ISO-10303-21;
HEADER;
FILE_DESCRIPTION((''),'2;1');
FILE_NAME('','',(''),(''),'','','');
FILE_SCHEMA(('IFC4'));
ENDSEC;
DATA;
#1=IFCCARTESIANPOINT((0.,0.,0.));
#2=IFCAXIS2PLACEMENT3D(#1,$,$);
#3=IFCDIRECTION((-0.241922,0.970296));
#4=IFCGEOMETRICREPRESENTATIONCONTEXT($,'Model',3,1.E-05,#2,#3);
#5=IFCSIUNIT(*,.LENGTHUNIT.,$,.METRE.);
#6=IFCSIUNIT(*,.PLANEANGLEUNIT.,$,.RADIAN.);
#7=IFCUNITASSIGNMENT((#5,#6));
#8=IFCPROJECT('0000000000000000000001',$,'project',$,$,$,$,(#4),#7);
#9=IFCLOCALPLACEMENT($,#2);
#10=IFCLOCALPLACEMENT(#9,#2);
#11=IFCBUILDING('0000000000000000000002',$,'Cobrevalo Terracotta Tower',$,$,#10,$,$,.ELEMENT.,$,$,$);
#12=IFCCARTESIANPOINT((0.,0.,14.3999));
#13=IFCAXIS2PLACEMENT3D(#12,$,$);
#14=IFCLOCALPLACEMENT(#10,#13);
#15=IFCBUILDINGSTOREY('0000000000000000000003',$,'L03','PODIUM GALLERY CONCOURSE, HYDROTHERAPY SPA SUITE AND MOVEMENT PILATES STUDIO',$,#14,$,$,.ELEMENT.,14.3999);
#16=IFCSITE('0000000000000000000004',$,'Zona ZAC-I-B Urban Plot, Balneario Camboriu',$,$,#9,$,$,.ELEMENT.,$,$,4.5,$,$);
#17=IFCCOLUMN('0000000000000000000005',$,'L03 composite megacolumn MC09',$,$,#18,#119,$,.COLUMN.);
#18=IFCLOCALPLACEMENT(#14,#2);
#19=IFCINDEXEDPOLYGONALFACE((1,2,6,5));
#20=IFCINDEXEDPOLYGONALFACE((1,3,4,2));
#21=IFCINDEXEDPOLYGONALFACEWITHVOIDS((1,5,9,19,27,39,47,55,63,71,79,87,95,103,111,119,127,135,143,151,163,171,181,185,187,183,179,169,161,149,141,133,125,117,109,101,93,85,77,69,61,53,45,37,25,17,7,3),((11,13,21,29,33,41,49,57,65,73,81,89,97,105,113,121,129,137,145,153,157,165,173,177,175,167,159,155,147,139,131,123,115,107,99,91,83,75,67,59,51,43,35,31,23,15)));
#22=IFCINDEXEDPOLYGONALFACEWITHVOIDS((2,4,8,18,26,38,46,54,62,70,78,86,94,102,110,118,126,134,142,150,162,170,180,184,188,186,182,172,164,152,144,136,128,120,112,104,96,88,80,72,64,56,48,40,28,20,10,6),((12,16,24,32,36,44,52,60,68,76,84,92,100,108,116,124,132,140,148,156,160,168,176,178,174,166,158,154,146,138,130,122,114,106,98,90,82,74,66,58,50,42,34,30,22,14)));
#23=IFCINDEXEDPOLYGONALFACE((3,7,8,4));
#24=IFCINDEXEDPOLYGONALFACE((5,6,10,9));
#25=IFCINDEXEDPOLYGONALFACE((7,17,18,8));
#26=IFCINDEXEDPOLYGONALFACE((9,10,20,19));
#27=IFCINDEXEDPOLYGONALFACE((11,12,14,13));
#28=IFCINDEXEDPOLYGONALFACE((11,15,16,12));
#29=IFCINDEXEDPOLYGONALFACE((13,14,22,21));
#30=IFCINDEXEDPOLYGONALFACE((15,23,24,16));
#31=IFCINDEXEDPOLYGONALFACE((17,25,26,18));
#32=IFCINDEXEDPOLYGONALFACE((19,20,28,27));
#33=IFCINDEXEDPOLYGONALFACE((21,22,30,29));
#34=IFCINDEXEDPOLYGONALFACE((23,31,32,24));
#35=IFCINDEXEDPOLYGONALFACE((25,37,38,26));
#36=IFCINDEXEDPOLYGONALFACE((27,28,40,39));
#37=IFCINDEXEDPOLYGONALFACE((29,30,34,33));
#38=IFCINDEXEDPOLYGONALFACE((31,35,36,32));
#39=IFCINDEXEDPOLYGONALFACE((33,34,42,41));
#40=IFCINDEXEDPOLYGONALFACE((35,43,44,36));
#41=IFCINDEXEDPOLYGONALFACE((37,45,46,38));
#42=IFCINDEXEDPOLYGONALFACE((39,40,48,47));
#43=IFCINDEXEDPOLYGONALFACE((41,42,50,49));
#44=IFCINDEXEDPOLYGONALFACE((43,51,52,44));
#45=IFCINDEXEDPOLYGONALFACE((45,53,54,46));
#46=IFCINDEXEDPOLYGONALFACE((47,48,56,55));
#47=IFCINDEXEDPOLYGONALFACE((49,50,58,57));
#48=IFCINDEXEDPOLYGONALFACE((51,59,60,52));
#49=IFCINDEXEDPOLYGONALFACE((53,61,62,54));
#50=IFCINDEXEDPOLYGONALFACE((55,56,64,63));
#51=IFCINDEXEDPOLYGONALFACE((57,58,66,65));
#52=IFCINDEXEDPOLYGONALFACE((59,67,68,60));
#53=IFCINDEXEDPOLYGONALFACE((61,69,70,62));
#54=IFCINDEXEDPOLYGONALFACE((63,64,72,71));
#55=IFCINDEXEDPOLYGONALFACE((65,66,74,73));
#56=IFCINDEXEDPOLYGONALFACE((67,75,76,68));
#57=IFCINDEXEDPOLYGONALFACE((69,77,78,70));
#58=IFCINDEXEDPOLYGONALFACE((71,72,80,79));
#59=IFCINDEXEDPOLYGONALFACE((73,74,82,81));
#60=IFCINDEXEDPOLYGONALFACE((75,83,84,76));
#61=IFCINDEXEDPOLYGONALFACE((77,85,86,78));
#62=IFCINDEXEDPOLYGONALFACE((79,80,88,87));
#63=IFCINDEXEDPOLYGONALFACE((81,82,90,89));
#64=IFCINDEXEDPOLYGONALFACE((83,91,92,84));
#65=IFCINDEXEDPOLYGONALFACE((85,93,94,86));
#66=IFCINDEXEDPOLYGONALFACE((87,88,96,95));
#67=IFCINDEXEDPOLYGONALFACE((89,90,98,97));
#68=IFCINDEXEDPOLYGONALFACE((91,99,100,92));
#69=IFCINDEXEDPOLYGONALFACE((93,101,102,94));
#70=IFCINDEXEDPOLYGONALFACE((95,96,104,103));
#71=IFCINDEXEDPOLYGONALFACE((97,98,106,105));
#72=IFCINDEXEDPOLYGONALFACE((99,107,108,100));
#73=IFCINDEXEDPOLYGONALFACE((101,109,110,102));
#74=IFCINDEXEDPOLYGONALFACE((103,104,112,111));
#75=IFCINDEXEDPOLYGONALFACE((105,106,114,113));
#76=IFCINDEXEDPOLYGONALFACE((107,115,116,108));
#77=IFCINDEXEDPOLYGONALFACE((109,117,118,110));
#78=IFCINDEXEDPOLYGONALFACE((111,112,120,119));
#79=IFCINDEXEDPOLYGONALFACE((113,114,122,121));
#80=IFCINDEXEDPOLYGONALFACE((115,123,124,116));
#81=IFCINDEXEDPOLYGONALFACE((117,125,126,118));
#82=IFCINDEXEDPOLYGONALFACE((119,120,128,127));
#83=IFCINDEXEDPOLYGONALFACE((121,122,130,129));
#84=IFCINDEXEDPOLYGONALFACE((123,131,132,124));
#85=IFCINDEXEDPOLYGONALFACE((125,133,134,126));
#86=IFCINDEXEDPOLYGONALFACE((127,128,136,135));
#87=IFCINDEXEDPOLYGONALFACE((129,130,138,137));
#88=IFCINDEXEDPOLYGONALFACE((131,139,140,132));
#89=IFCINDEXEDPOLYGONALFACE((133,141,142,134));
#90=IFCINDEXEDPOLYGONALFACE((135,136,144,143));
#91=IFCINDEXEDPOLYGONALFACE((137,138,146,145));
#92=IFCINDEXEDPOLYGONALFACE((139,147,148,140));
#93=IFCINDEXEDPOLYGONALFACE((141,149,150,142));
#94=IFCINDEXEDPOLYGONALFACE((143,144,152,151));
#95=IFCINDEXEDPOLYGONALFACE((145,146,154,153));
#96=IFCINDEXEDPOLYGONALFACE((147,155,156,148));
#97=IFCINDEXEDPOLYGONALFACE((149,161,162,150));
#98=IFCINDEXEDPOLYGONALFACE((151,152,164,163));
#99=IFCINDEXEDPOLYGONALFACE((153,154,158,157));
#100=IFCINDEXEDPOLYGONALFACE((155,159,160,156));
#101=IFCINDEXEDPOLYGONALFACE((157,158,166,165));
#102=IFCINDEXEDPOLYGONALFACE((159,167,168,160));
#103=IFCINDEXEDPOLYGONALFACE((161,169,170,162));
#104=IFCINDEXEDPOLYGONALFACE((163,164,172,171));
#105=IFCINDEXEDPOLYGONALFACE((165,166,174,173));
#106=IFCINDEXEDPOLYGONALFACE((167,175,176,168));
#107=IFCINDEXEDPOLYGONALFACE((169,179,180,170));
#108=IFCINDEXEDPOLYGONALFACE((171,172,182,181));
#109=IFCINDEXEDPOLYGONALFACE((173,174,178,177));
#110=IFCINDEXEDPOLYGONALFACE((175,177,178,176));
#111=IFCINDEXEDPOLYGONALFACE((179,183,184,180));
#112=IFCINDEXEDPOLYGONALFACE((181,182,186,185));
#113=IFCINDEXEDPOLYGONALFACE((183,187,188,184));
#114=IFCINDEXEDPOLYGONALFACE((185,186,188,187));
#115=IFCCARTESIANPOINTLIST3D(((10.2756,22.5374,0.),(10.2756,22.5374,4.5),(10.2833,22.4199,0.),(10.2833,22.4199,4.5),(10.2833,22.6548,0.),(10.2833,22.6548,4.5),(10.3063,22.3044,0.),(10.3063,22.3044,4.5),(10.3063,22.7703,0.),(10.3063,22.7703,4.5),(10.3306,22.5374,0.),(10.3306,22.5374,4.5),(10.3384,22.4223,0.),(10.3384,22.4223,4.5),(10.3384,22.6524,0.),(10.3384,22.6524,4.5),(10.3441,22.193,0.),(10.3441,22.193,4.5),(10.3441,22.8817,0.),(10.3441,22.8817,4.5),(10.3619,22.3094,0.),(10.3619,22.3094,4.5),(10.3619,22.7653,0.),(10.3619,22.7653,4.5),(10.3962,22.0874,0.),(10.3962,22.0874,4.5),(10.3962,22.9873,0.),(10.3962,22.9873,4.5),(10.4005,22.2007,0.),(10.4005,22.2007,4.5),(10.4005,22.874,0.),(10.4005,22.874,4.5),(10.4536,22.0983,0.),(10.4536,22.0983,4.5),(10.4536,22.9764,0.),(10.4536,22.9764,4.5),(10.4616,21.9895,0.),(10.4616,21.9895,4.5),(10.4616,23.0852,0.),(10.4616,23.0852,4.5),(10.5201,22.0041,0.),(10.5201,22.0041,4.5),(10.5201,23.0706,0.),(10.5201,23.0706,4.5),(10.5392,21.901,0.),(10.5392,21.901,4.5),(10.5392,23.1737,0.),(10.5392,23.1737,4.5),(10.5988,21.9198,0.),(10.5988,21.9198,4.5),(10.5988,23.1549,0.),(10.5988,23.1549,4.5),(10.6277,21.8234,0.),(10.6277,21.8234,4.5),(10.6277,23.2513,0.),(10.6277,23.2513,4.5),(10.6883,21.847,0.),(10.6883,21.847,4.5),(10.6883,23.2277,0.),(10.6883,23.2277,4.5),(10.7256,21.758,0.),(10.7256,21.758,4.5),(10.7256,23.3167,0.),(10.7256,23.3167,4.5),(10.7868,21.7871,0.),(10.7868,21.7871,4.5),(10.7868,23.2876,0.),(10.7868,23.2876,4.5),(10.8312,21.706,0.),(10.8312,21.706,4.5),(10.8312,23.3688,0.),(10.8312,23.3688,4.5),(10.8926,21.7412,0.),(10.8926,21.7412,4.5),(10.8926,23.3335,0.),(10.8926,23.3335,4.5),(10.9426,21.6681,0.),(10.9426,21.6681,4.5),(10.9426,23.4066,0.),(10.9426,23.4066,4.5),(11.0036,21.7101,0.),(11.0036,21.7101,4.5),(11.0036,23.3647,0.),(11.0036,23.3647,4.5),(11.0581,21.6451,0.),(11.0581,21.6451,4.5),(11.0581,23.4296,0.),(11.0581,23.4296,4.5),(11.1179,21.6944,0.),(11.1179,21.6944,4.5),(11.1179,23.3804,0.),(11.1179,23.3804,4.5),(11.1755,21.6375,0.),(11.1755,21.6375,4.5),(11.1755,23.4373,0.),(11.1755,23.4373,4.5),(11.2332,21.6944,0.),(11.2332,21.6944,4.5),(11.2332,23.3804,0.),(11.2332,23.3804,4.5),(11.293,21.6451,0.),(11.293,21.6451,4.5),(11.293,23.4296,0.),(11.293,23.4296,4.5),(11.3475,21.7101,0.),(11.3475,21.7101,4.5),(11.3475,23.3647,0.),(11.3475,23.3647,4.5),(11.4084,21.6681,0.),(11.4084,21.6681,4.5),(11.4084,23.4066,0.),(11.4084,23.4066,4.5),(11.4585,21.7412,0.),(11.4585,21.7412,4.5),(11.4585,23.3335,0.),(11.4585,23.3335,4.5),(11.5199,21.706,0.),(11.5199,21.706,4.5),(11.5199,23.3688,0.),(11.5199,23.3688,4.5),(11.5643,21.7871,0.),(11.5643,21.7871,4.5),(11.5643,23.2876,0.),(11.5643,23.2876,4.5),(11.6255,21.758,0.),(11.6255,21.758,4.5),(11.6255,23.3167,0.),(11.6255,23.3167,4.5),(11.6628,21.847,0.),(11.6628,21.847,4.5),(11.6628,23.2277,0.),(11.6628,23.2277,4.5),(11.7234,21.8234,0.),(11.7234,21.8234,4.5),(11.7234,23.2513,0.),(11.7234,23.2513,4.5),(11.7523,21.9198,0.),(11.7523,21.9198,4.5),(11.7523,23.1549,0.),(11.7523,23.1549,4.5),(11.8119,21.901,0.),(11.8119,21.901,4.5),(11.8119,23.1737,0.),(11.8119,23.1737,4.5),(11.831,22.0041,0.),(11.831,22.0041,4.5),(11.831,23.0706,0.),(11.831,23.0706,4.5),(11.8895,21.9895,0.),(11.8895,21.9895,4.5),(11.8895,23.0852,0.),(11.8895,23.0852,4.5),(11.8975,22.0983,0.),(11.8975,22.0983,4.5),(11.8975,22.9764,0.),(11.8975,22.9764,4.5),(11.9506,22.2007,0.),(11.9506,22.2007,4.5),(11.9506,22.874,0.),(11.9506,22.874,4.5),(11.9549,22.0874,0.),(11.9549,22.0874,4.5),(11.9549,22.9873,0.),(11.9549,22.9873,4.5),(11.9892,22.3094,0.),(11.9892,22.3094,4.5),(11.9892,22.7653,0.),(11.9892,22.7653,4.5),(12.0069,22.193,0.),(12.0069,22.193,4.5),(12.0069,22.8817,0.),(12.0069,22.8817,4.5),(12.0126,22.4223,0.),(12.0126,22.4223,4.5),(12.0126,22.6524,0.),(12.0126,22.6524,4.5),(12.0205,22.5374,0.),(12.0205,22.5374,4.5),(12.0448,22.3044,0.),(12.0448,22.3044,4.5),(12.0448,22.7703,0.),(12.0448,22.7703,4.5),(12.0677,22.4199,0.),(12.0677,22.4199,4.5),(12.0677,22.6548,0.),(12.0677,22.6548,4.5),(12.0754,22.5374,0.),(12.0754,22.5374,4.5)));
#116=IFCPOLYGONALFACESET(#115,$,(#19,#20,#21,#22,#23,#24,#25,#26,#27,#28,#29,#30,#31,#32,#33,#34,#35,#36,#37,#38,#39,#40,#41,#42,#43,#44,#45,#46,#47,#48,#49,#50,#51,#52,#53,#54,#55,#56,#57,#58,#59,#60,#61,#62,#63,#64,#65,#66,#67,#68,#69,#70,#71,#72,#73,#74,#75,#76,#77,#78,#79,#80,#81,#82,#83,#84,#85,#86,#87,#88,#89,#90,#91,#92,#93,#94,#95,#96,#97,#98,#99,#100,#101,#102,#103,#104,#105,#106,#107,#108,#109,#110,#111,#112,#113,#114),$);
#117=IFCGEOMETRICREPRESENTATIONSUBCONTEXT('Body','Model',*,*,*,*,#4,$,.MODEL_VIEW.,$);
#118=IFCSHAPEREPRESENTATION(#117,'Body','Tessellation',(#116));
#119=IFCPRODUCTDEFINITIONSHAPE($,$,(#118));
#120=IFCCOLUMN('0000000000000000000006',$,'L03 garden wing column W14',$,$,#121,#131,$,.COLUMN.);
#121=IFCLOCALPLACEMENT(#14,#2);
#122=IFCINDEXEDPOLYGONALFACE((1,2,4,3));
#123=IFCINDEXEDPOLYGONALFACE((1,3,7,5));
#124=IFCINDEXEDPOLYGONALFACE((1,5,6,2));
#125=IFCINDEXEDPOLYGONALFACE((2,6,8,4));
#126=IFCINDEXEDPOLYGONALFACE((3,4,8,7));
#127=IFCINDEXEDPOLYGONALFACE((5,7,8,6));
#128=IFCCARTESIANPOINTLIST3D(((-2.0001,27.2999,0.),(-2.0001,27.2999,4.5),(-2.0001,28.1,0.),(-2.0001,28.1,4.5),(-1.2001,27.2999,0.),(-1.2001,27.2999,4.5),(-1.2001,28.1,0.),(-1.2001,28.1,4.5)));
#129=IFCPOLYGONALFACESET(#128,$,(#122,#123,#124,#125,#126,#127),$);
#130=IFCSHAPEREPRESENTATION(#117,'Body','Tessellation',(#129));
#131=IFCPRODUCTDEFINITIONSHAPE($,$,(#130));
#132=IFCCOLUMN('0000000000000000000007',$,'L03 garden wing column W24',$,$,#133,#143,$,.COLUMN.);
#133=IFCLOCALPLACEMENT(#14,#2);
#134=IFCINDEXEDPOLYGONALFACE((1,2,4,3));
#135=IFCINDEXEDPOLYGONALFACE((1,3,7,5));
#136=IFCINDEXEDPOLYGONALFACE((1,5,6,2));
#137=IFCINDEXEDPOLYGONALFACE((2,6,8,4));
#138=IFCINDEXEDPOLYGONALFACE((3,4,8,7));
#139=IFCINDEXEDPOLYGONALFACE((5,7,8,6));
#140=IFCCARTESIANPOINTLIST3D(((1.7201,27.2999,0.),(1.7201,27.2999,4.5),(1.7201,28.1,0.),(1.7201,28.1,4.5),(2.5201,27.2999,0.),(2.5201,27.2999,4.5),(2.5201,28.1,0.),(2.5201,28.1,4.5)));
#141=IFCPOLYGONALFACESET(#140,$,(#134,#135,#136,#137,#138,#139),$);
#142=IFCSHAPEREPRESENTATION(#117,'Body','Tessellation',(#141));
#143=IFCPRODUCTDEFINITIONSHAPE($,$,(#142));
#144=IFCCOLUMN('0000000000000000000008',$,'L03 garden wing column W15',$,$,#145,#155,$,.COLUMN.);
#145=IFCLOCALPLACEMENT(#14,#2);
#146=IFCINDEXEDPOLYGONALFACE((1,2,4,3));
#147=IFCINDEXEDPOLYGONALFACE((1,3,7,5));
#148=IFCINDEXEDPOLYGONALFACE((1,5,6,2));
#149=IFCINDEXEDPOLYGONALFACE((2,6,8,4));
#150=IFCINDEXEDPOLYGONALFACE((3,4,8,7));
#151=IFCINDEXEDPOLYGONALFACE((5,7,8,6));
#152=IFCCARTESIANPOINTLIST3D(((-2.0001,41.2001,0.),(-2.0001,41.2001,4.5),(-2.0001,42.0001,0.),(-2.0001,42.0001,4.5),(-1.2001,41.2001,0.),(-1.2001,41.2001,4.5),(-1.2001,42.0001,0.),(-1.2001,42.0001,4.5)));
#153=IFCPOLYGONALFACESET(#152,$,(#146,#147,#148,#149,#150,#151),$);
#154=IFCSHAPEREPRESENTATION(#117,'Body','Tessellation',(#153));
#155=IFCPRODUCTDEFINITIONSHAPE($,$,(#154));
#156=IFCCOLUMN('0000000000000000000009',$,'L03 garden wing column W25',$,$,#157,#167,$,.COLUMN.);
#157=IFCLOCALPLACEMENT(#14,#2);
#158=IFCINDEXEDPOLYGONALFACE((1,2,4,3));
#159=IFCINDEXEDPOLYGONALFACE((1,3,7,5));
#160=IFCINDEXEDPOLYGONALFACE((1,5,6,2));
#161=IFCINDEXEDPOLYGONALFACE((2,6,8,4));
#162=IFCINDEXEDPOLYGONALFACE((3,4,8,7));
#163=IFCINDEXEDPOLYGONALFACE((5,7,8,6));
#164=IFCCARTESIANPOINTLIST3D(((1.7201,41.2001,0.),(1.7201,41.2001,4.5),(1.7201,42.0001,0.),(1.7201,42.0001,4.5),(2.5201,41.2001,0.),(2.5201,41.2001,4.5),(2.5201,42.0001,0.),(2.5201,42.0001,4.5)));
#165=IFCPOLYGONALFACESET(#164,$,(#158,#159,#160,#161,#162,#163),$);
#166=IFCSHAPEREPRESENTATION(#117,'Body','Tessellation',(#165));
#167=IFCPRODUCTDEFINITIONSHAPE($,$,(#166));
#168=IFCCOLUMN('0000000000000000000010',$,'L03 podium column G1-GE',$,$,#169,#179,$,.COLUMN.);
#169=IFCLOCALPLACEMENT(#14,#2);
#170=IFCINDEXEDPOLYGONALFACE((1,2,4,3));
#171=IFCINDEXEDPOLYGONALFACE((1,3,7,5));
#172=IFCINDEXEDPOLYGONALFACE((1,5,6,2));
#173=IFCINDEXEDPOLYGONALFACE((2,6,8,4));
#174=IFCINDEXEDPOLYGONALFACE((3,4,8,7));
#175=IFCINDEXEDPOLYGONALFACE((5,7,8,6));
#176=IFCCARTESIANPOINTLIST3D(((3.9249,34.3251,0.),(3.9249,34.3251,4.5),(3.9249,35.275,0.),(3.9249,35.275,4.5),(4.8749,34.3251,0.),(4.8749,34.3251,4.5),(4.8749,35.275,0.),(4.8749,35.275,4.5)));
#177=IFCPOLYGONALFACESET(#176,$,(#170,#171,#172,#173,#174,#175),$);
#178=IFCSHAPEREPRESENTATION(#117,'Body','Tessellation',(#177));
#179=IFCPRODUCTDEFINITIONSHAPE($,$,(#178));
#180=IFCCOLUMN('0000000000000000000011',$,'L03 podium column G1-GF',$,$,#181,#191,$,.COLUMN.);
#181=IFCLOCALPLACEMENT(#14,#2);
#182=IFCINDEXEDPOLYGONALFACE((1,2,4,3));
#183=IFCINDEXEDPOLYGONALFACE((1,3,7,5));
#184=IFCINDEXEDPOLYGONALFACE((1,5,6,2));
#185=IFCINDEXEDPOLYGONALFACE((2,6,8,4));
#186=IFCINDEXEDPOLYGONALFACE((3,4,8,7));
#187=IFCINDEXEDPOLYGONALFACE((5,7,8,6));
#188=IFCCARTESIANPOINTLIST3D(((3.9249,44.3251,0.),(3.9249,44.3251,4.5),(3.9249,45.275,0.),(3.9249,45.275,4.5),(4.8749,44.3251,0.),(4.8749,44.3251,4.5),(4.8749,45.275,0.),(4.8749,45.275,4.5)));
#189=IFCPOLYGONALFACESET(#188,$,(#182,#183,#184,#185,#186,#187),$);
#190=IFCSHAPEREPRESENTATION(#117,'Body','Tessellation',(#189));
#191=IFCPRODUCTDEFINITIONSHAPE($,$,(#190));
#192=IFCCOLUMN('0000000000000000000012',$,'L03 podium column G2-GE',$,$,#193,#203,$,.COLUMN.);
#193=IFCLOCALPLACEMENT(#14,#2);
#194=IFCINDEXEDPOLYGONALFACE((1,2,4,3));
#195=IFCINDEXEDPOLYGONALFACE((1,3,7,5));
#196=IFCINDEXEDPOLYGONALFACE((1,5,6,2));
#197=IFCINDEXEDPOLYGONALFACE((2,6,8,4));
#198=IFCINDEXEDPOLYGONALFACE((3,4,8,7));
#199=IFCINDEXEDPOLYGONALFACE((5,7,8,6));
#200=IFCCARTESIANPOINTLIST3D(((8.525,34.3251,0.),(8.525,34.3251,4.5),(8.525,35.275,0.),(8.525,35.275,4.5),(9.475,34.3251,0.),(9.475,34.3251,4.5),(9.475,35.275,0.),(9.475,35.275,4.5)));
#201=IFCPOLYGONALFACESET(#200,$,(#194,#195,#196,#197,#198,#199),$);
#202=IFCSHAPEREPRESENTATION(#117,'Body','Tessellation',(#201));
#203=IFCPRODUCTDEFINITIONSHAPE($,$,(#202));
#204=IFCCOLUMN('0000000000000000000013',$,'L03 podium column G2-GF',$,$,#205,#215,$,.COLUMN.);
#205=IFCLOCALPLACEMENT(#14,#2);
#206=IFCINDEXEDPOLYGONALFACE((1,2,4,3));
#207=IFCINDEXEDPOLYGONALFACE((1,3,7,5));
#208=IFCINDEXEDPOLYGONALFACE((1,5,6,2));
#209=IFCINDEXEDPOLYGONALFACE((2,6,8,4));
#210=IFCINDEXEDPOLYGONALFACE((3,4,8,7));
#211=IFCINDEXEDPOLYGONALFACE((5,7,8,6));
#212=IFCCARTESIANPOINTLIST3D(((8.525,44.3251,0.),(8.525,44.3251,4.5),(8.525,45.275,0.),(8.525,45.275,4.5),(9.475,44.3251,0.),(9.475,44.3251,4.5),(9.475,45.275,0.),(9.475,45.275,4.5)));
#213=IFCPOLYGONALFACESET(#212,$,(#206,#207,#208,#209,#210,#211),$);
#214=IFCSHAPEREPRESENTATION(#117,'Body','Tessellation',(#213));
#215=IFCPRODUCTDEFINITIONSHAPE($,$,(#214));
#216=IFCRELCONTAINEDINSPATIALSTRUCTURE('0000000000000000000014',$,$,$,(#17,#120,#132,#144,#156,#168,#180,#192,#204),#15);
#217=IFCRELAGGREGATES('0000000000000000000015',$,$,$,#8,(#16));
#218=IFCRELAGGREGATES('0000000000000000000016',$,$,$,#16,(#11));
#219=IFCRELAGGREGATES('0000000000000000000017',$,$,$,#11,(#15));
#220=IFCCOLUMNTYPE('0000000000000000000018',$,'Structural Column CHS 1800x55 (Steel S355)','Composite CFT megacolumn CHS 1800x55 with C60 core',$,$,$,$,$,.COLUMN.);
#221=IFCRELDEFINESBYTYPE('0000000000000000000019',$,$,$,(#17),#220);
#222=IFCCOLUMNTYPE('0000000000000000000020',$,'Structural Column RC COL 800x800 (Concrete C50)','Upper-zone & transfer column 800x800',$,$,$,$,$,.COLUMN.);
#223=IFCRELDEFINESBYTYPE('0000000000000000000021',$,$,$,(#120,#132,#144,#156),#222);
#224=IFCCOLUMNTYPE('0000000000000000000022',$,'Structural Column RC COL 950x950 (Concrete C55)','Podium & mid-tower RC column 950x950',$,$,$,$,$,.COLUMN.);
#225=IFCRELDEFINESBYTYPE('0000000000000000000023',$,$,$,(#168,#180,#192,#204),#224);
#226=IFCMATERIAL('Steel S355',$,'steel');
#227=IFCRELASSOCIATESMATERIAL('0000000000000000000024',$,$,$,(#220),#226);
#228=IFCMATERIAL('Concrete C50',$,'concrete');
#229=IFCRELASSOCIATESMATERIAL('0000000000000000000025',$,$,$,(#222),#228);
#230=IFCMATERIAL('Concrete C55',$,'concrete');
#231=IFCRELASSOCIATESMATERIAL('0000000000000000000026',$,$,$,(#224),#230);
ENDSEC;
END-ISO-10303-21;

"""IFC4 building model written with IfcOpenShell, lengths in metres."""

from ifc_helpers import new_model, si_unit, direction, frame, origin, origin_2d, place, context, subcontext, project, spatial, rectangle, hollow_circle, extrude, material, material_profile, profile_set, type_object, element, save


model = new_model("IFC4")

# Units and contexts
model_context = context("Model", 3, precision=1e-05, world=origin(), true_north=direction((-0.241922, 0.970296)))
body_context = subcontext(model_context, "Body", "Model", "MODEL_VIEW")
ifc_project = project(units=[si_unit("LENGTHUNIT", "METRE"), si_unit("PLANEANGLEUNIT", "RADIAN")], contexts=[model_context])

# Site, building, storey
site_placement = place(None, origin())
site = spatial("IfcSite", under=ifc_project, at=site_placement, Name="Zona ZAC-I-B Urban Plot, Balneario Camboriu", CompositionType="ELEMENT", RefElevation=4.5)
building_placement = place(site_placement, origin())
building = spatial("IfcBuilding", under=site, at=building_placement, Name="Cobrevalo Terracotta Tower", CompositionType="ELEMENT")
storey_placement = place(building_placement, frame((0.0, 0.0, 14.3999)))
storey = spatial("IfcBuildingStorey", under=building, at=storey_placement, Name="L03", Description="PODIUM GALLERY CONCOURSE, HYDROTHERAPY SPA SUITE AND MOVEMENT PILATES STUDIO", CompositionType="ELEMENT", Elevation=14.3999)

# Columns
ifc_material_1 = material(Name="Steel S355", Category="steel")
ifc_material_profile_1 = material_profile(ifc_material_1, hollow_circle(Radius=0.8999, WallThickness=0.0549, at=origin_2d()), Name="CHS 1800x55")
ifc_profile_set_1 = profile_set([ifc_material_profile_1], Name="Steel S355")
column_type_1 = type_object("IfcColumnType", Name="Structural Column CHS 1800x55 (Steel S355)", Description="Composite CFT megacolumn CHS 1800x55 with C60 core", PredefinedType="COLUMN", material=ifc_profile_set_1)
for number, where, z_axis, x_axis, name in (
    (1, (11.1755, 22.5374, 0.0), (0.0, 0.0, 1.0), (1.0, 0.0, 0.0), "L03 composite megacolumn MC09"),
):
    element("IfcColumn", number, at=place(storey_placement, frame(where, z_axis=z_axis, x_axis=x_axis)), inside=storey, type_object=column_type_1, Name=name, PredefinedType="COLUMN", context=body_context, shape_type="SweptSolid", body=[
        extrude(hollow_circle(Radius=0.8999, WallThickness=0.0549, at=origin_2d()), origin(), (0.0, 0.0, 1.0), 4.5),
    ])
ifc_material_2 = material(Name="Concrete C50", Category="concrete")
ifc_material_profile_2 = material_profile(ifc_material_2, rectangle(XDim=0.8, YDim=0.8, at=origin_2d()), Name="RC COL 800x800")
ifc_profile_set_2 = profile_set([ifc_material_profile_2], Name="Concrete C50")
column_type_2 = type_object("IfcColumnType", Name="Structural Column RC COL 800x800 (Concrete C50)", Description="Upper-zone & transfer column 800x800", PredefinedType="COLUMN", material=ifc_profile_set_2)
for number, where, z_axis, x_axis, name in (
    (2, (-1.6001, 27.7, 0.0), (0.0, 0.0, 1.0), (1.0, 0.0, 0.0), "L03 garden wing column W14"),
    (3, (2.1201, 27.7, 0.0), (0.0, 0.0, 1.0), (1.0, 0.0, 0.0), "L03 garden wing column W24"),
    (4, (-1.6001, 41.6001, 0.0), (0.0, 0.0, 1.0), (1.0, 0.0, 0.0), "L03 garden wing column W15"),
    (5, (2.1201, 41.6001, 0.0), (0.0, 0.0, 1.0), (1.0, 0.0, 0.0), "L03 garden wing column W25"),
):
    element("IfcColumn", number, at=place(storey_placement, frame(where, z_axis=z_axis, x_axis=x_axis)), inside=storey, type_object=column_type_2, Name=name, PredefinedType="COLUMN", context=body_context, shape_type="SweptSolid", body=[
        extrude(rectangle(XDim=0.8, YDim=0.8, at=origin_2d()), origin(), (0.0, 0.0, 1.0), 4.5),
    ])
ifc_material_3 = material(Name="Concrete C55", Category="concrete")
ifc_material_profile_3 = material_profile(ifc_material_3, rectangle(XDim=0.95, YDim=0.95, at=origin_2d()), Name="RC COL 950x950")
ifc_profile_set_3 = profile_set([ifc_material_profile_3], Name="Concrete C55")
column_type_3 = type_object("IfcColumnType", Name="Structural Column RC COL 950x950 (Concrete C55)", Description="Podium & mid-tower RC column 950x950", PredefinedType="COLUMN", material=ifc_profile_set_3)
for number, where, z_axis, x_axis, name in (
    (6, (4.3999, 34.8, 0.0), (0.0, 0.0, 1.0), (1.0, 0.0, 0.0), "L03 podium column G1-GE"),
    (7, (4.3999, 44.8, 0.0), (0.0, 0.0, 1.0), (1.0, 0.0, 0.0), "L03 podium column G1-GF"),
    (8, (9.0, 34.8, 0.0), (0.0, 0.0, 1.0), (1.0, 0.0, 0.0), "L03 podium column G2-GE"),
    (9, (9.0, 44.8, 0.0), (0.0, 0.0, 1.0), (1.0, 0.0, 0.0), "L03 podium column G2-GF"),
):
    element("IfcColumn", number, at=place(storey_placement, frame(where, z_axis=z_axis, x_axis=x_axis)), inside=storey, type_object=column_type_3, Name=name, PredefinedType="COLUMN", context=body_context, shape_type="SweptSolid", body=[
        extrude(rectangle(XDim=0.95, YDim=0.95, at=origin_2d()), origin(), (0.0, 0.0, 1.0), 4.5),
    ])

save(model, "model.ifc")
